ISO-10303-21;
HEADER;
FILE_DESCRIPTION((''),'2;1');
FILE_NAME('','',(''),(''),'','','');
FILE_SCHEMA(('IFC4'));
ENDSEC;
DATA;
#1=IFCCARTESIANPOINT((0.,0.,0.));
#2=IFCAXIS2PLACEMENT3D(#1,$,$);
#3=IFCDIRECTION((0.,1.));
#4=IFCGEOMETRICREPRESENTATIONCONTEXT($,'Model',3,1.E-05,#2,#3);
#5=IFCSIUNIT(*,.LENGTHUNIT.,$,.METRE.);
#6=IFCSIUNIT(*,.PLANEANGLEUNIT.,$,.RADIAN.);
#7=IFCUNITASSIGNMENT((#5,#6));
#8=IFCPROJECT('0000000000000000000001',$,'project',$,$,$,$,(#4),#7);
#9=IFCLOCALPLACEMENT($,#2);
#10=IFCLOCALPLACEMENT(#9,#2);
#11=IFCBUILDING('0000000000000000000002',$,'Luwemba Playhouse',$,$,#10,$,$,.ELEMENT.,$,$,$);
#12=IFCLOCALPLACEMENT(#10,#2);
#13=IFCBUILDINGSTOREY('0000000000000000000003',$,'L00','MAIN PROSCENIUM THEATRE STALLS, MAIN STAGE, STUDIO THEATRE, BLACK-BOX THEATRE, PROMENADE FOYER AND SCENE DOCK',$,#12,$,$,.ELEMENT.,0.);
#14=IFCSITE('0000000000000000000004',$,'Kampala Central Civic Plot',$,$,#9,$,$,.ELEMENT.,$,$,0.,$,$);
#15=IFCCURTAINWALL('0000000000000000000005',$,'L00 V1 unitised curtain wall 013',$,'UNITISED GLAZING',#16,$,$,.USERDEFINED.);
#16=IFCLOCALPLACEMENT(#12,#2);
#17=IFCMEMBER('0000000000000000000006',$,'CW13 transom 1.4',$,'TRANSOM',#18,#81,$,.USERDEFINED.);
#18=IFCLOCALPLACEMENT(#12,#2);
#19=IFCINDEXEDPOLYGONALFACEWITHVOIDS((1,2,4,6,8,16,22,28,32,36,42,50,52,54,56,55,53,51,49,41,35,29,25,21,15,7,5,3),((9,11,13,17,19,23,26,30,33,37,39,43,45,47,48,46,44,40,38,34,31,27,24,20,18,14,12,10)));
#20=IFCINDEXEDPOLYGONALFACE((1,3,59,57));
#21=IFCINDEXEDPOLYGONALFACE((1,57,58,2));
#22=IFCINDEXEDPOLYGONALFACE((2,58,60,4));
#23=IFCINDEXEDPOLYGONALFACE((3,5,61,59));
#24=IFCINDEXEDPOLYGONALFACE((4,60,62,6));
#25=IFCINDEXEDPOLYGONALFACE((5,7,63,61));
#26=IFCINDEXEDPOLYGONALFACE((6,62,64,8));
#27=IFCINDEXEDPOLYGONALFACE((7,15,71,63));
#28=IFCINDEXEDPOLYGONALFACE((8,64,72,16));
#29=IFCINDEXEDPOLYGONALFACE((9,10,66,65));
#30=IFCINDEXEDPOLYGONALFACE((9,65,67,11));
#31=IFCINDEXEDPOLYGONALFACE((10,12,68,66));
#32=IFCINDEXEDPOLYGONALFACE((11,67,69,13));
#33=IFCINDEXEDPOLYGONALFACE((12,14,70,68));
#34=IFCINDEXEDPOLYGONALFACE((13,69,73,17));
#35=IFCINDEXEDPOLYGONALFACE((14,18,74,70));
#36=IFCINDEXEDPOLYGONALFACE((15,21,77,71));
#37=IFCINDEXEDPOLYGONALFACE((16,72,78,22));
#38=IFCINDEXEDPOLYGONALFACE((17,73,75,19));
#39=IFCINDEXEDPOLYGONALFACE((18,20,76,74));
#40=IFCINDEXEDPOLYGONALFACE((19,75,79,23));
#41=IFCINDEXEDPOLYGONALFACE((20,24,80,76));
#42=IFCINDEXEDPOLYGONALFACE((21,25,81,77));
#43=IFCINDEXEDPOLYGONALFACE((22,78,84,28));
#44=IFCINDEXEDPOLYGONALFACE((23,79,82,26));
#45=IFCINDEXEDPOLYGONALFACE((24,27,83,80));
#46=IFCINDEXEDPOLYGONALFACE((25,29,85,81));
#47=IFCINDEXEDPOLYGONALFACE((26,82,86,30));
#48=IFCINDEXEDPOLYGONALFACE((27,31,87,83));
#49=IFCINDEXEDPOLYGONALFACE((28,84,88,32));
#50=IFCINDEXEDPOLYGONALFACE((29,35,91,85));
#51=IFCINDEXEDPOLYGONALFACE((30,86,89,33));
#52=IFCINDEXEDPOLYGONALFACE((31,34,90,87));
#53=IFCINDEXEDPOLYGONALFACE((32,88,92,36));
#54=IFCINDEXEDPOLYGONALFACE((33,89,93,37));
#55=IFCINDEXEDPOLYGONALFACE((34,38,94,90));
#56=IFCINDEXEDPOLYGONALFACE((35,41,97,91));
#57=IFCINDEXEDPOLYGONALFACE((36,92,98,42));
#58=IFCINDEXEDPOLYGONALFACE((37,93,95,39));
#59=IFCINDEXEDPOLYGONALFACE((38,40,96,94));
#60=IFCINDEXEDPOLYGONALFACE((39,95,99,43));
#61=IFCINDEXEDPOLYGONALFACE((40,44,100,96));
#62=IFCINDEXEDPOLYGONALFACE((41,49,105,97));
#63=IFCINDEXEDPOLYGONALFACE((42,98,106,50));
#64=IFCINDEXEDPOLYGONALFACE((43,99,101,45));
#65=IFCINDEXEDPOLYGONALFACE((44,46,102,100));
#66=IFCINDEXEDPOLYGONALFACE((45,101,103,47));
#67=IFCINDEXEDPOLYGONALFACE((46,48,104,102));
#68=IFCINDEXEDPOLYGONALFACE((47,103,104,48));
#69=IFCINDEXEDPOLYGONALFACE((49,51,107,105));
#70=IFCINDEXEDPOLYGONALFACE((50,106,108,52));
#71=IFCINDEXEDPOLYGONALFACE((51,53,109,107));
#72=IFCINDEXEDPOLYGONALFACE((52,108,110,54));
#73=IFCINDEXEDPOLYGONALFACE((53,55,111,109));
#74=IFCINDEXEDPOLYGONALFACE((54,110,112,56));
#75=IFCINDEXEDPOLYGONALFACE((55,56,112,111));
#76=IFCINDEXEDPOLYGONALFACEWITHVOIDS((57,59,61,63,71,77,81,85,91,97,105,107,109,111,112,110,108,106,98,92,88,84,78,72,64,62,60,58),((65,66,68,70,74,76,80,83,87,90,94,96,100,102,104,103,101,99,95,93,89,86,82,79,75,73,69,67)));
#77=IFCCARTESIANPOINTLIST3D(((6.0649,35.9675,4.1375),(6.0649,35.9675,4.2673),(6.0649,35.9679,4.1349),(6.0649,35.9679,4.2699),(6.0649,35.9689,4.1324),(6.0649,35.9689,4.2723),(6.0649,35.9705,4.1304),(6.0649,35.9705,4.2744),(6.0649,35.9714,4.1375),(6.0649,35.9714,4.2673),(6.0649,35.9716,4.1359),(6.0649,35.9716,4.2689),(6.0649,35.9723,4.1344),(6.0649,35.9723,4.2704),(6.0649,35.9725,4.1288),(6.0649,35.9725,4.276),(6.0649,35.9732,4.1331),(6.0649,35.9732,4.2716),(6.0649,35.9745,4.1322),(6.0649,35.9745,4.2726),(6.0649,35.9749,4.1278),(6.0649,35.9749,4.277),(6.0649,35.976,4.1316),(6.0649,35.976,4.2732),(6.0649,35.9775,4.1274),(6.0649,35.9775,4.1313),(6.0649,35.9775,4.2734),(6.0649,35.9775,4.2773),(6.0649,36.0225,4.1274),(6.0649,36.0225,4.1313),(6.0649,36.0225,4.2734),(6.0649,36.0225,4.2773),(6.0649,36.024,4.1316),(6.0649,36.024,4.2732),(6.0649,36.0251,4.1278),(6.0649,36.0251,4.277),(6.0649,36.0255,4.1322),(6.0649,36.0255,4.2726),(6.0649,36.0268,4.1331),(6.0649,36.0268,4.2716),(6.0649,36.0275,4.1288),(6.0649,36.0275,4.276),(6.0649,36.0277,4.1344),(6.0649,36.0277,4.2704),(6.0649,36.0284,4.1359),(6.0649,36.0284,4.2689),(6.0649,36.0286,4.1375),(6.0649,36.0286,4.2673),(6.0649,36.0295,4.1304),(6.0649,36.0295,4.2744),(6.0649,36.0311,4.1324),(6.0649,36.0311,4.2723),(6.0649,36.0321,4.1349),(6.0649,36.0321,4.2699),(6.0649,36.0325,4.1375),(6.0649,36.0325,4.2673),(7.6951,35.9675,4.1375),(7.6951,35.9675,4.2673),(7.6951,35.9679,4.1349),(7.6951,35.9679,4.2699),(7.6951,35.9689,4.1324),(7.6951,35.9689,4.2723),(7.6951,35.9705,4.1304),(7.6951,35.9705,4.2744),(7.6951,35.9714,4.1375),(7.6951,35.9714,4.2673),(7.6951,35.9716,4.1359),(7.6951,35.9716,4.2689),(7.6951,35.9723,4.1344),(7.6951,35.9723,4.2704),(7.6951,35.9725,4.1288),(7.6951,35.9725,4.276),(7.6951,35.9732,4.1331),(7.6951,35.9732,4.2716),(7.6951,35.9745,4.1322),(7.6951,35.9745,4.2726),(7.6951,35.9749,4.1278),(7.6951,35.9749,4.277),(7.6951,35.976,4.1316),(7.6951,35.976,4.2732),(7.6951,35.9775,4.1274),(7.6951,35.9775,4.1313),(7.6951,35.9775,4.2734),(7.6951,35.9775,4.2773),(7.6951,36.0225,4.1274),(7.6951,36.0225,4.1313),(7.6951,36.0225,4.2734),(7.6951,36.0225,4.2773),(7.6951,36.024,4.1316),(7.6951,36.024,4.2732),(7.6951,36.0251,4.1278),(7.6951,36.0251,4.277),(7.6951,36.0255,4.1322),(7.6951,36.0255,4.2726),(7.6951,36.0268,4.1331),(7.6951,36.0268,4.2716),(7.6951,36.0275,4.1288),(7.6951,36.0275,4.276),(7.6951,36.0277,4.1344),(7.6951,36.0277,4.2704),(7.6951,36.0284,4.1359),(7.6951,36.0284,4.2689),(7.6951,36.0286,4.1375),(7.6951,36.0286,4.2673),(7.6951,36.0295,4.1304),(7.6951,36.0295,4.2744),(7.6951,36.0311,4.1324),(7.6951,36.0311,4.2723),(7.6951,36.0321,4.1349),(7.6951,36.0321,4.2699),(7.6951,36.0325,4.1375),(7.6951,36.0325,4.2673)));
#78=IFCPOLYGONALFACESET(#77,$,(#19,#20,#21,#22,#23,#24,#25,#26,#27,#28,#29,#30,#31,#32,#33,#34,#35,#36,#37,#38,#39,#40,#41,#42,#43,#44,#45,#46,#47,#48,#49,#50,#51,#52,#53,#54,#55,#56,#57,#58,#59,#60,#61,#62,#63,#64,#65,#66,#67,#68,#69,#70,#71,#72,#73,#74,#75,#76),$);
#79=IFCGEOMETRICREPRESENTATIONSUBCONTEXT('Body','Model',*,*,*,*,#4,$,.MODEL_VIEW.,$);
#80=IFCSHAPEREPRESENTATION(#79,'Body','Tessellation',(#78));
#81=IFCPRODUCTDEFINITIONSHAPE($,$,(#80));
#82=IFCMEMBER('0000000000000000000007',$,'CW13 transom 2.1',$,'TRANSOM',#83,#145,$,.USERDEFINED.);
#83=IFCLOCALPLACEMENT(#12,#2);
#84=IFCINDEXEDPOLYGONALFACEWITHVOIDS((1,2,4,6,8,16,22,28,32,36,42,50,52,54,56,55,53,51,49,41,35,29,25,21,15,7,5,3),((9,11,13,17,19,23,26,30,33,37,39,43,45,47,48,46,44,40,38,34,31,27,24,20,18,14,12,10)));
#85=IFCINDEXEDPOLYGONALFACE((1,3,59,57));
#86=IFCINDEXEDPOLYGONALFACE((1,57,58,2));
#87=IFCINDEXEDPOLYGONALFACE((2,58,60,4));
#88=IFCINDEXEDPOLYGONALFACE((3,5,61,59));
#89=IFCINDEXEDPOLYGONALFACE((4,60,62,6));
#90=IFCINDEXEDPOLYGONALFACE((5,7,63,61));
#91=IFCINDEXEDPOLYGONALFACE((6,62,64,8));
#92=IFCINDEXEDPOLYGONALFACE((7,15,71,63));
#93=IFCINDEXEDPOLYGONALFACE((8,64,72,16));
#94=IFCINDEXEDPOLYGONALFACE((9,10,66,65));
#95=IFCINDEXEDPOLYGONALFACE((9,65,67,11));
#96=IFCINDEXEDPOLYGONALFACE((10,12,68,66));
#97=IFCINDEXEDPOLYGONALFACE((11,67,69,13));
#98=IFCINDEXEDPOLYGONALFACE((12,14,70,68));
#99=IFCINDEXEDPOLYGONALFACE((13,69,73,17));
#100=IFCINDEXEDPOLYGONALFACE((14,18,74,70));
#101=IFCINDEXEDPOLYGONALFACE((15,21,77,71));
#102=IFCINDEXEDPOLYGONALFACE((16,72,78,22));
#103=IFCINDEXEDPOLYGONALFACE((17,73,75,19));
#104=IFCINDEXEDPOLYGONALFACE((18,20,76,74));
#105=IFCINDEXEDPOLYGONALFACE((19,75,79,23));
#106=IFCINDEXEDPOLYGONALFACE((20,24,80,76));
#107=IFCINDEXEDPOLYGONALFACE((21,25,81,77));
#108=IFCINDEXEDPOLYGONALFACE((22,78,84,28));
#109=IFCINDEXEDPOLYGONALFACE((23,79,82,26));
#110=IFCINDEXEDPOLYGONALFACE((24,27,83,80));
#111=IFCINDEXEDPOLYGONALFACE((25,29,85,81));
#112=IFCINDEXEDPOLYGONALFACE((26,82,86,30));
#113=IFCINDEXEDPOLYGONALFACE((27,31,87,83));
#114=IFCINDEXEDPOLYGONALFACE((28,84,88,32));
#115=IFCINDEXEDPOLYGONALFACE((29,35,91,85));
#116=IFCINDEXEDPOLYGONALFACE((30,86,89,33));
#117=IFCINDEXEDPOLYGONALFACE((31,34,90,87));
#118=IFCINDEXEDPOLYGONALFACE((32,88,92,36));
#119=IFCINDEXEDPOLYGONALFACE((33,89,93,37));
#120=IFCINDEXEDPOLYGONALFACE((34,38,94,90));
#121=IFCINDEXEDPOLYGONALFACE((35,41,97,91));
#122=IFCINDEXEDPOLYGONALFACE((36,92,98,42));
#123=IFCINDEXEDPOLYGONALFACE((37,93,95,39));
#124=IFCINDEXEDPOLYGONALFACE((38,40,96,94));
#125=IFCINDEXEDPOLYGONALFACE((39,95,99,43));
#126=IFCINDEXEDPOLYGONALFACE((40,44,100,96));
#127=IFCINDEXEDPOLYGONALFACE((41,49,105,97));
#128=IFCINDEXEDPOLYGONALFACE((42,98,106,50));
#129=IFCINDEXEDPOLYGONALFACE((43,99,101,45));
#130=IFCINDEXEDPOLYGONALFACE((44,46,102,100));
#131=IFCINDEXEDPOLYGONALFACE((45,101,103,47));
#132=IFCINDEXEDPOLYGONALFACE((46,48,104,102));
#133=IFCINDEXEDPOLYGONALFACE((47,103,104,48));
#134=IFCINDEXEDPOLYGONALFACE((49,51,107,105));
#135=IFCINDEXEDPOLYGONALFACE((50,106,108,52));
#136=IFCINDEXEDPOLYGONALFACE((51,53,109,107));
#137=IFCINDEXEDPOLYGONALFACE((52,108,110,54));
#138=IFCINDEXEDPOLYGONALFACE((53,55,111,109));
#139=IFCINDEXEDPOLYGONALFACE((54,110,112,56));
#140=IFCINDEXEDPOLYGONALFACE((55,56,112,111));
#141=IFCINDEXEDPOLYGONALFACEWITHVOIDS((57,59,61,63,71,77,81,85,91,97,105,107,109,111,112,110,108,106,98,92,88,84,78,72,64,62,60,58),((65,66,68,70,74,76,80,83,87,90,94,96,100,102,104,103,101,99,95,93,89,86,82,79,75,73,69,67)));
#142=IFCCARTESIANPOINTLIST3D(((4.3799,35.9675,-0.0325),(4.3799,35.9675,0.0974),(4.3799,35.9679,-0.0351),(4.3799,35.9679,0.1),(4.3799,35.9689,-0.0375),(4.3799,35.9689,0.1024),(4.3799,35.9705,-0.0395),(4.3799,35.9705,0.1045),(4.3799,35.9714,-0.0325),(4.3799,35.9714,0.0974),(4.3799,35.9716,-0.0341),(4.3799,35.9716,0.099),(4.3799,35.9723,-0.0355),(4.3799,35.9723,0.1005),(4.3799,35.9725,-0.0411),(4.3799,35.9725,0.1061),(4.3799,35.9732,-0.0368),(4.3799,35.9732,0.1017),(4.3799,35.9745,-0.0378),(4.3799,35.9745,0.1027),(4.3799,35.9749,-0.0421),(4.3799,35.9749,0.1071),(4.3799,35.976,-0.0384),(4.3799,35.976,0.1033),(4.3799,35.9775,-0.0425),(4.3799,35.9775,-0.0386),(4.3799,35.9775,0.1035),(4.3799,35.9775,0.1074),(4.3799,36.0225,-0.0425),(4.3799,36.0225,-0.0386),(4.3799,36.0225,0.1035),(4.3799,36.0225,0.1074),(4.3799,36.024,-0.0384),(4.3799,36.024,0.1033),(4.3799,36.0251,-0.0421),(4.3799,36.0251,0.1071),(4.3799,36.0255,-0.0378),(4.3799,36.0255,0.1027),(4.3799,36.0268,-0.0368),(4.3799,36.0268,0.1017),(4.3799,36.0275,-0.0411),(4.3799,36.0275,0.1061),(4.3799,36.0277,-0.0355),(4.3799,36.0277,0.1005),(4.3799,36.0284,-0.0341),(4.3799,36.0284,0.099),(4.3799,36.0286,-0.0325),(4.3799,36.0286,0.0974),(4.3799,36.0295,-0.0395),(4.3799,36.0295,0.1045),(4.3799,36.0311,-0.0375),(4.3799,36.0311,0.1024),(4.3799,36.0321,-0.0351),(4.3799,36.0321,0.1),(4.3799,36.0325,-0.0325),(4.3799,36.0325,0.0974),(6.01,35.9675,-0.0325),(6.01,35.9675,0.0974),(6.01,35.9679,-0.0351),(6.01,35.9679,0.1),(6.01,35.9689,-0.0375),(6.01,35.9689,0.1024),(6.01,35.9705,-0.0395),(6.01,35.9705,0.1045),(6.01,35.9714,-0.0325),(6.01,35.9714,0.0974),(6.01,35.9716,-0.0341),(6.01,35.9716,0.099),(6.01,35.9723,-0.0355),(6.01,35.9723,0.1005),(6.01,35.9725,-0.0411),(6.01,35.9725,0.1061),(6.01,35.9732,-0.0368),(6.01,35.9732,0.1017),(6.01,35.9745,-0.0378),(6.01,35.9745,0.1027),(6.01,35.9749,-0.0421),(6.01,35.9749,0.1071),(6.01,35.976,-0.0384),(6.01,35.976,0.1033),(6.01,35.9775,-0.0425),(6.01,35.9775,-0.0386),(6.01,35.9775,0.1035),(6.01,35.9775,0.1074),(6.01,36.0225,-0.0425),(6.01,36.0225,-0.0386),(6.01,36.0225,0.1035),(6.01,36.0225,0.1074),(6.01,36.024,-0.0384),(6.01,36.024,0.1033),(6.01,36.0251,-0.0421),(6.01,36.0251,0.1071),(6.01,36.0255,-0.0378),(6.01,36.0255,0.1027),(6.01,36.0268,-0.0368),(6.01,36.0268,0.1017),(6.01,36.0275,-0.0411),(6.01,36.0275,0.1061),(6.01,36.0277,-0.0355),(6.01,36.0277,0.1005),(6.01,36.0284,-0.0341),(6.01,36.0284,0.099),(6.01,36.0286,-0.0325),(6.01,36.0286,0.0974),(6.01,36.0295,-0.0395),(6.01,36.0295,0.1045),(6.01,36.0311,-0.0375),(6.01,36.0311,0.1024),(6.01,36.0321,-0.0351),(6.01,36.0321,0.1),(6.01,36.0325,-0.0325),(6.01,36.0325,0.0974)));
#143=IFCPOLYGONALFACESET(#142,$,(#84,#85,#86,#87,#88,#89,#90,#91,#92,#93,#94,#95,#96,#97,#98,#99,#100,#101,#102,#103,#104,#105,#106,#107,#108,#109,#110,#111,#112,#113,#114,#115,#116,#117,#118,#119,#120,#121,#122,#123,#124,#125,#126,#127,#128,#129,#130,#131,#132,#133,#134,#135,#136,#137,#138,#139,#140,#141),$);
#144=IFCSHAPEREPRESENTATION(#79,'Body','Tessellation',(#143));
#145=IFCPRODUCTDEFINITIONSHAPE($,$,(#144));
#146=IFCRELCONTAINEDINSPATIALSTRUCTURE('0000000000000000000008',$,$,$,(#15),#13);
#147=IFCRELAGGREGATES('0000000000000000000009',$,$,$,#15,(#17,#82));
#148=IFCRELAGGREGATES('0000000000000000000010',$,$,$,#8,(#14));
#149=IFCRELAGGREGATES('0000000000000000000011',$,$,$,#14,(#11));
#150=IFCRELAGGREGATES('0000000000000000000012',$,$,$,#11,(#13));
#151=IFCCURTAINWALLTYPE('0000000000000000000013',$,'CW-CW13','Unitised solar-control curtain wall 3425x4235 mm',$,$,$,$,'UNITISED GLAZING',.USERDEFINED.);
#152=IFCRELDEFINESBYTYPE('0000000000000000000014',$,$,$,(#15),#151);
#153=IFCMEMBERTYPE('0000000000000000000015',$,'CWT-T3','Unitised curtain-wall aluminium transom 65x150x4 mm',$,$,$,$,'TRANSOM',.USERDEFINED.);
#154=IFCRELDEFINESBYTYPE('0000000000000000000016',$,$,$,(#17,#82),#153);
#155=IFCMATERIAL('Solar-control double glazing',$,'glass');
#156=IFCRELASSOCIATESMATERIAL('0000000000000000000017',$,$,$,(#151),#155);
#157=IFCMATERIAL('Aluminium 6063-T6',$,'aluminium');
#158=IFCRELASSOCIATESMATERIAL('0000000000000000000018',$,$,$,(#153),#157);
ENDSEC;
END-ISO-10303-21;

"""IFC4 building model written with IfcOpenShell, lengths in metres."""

from ifc_helpers import new_model, si_unit, direction, frame, origin, origin_2d, place, context, subcontext, project, spatial, hollow_rectangle, extrude, material, material_profile, profile_set, type_object, element, aggregate, save


model = new_model("IFC4")

# Units and contexts
model_context = context("Model", 3, precision=1e-05, world=origin(), true_north=direction((0.0, 1.0)))
body_context = subcontext(model_context, "Body", "Model", "MODEL_VIEW")
ifc_project = project(units=[si_unit("LENGTHUNIT", "METRE"), si_unit("PLANEANGLEUNIT", "RADIAN")], contexts=[model_context])

# Site, building, storey
site_placement = place(None, origin())
site = spatial("IfcSite", under=ifc_project, at=site_placement, Name="Kampala Central Civic Plot", CompositionType="ELEMENT", RefElevation=0.0)
building_placement = place(site_placement, origin())
building = spatial("IfcBuilding", under=site, at=building_placement, Name="Luwemba Playhouse", CompositionType="ELEMENT")
storey_placement = place(building_placement, origin())
storey = spatial("IfcBuildingStorey", under=building, at=storey_placement, Name="L00", Description="MAIN PROSCENIUM THEATRE STALLS, MAIN STAGE, STUDIO THEATRE, BLACK-BOX THEATRE, PROMENADE FOYER AND SCENE DOCK", CompositionType="ELEMENT", Elevation=0.0)

# Shared definitions
ifc_material_1 = material(Name="Solar-control double glazing", Category="glass")
ifc_material_2 = material(Name="Aluminium 6063-T6", Category="aluminium")

# Curtain wall, members
curtain_wall_type_1 = type_object("IfcCurtainWallType", Name="CW-CW13", Description="Unitised solar-control curtain wall 3425x4235 mm", ElementType="UNITISED GLAZING", PredefinedType="USERDEFINED", material=ifc_material_1)
curtain_wall_1_placement = place(storey_placement, origin())
curtain_wall_1 = element("IfcCurtainWall", 1, at=curtain_wall_1_placement, inside=storey, type_object=curtain_wall_type_1, Name="L00 V1 unitised curtain wall 013", ObjectType="UNITISED GLAZING", PredefinedType="USERDEFINED")
ifc_material_profile_1 = material_profile(ifc_material_2, hollow_rectangle(XDim=0.0649, YDim=0.1499, WallThickness=0.0039, InnerFilletRadius=0.0061, OuterFilletRadius=0.01, at=origin_2d()))
ifc_profile_set_1 = profile_set([ifc_material_profile_1], Name="Aluminium 6063-T6")
member_type_1 = type_object("IfcMemberType", Name="CWT-T3", Description="Unitised curtain-wall aluminium transom 65x150x4 mm", ElementType="TRANSOM", PredefinedType="USERDEFINED", material=ifc_profile_set_1)
member_1_placement = place(storey_placement, frame((7.6951, 36.0, 4.2024), z_axis=(-1.0, 0.0, 0.0), x_axis=(0.0, -1.0, 0.0)))
member_1 = element("IfcMember", 2, at=member_1_placement, type_object=member_type_1, Name="CW13 transom 1.4", ObjectType="TRANSOM", PredefinedType="USERDEFINED", context=body_context, shape_type="SweptSolid", body=[
    extrude(hollow_rectangle(XDim=0.0649, YDim=0.1499, WallThickness=0.0039, InnerFilletRadius=0.0061, OuterFilletRadius=0.01, at=origin_2d()), origin(), (0.0, 0.0, 1.0), 1.6301),
])
member_2_placement = place(storey_placement, frame((6.01, 36.0, 0.0325), z_axis=(-1.0, 0.0, 0.0), x_axis=(0.0, -1.0, 0.0)))
member_2 = element("IfcMember", 3, at=member_2_placement, type_object=member_type_1, Name="CW13 transom 2.1", ObjectType="TRANSOM", PredefinedType="USERDEFINED", context=body_context, shape_type="SweptSolid", body=[
    extrude(hollow_rectangle(XDim=0.0649, YDim=0.1499, WallThickness=0.0039, InnerFilletRadius=0.0061, OuterFilletRadius=0.01, at=origin_2d()), origin(), (0.0, 0.0, 1.0), 1.6301),
])

aggregate(curtain_wall_1, [member_1, member_2])

save(model, "model.ifc")
